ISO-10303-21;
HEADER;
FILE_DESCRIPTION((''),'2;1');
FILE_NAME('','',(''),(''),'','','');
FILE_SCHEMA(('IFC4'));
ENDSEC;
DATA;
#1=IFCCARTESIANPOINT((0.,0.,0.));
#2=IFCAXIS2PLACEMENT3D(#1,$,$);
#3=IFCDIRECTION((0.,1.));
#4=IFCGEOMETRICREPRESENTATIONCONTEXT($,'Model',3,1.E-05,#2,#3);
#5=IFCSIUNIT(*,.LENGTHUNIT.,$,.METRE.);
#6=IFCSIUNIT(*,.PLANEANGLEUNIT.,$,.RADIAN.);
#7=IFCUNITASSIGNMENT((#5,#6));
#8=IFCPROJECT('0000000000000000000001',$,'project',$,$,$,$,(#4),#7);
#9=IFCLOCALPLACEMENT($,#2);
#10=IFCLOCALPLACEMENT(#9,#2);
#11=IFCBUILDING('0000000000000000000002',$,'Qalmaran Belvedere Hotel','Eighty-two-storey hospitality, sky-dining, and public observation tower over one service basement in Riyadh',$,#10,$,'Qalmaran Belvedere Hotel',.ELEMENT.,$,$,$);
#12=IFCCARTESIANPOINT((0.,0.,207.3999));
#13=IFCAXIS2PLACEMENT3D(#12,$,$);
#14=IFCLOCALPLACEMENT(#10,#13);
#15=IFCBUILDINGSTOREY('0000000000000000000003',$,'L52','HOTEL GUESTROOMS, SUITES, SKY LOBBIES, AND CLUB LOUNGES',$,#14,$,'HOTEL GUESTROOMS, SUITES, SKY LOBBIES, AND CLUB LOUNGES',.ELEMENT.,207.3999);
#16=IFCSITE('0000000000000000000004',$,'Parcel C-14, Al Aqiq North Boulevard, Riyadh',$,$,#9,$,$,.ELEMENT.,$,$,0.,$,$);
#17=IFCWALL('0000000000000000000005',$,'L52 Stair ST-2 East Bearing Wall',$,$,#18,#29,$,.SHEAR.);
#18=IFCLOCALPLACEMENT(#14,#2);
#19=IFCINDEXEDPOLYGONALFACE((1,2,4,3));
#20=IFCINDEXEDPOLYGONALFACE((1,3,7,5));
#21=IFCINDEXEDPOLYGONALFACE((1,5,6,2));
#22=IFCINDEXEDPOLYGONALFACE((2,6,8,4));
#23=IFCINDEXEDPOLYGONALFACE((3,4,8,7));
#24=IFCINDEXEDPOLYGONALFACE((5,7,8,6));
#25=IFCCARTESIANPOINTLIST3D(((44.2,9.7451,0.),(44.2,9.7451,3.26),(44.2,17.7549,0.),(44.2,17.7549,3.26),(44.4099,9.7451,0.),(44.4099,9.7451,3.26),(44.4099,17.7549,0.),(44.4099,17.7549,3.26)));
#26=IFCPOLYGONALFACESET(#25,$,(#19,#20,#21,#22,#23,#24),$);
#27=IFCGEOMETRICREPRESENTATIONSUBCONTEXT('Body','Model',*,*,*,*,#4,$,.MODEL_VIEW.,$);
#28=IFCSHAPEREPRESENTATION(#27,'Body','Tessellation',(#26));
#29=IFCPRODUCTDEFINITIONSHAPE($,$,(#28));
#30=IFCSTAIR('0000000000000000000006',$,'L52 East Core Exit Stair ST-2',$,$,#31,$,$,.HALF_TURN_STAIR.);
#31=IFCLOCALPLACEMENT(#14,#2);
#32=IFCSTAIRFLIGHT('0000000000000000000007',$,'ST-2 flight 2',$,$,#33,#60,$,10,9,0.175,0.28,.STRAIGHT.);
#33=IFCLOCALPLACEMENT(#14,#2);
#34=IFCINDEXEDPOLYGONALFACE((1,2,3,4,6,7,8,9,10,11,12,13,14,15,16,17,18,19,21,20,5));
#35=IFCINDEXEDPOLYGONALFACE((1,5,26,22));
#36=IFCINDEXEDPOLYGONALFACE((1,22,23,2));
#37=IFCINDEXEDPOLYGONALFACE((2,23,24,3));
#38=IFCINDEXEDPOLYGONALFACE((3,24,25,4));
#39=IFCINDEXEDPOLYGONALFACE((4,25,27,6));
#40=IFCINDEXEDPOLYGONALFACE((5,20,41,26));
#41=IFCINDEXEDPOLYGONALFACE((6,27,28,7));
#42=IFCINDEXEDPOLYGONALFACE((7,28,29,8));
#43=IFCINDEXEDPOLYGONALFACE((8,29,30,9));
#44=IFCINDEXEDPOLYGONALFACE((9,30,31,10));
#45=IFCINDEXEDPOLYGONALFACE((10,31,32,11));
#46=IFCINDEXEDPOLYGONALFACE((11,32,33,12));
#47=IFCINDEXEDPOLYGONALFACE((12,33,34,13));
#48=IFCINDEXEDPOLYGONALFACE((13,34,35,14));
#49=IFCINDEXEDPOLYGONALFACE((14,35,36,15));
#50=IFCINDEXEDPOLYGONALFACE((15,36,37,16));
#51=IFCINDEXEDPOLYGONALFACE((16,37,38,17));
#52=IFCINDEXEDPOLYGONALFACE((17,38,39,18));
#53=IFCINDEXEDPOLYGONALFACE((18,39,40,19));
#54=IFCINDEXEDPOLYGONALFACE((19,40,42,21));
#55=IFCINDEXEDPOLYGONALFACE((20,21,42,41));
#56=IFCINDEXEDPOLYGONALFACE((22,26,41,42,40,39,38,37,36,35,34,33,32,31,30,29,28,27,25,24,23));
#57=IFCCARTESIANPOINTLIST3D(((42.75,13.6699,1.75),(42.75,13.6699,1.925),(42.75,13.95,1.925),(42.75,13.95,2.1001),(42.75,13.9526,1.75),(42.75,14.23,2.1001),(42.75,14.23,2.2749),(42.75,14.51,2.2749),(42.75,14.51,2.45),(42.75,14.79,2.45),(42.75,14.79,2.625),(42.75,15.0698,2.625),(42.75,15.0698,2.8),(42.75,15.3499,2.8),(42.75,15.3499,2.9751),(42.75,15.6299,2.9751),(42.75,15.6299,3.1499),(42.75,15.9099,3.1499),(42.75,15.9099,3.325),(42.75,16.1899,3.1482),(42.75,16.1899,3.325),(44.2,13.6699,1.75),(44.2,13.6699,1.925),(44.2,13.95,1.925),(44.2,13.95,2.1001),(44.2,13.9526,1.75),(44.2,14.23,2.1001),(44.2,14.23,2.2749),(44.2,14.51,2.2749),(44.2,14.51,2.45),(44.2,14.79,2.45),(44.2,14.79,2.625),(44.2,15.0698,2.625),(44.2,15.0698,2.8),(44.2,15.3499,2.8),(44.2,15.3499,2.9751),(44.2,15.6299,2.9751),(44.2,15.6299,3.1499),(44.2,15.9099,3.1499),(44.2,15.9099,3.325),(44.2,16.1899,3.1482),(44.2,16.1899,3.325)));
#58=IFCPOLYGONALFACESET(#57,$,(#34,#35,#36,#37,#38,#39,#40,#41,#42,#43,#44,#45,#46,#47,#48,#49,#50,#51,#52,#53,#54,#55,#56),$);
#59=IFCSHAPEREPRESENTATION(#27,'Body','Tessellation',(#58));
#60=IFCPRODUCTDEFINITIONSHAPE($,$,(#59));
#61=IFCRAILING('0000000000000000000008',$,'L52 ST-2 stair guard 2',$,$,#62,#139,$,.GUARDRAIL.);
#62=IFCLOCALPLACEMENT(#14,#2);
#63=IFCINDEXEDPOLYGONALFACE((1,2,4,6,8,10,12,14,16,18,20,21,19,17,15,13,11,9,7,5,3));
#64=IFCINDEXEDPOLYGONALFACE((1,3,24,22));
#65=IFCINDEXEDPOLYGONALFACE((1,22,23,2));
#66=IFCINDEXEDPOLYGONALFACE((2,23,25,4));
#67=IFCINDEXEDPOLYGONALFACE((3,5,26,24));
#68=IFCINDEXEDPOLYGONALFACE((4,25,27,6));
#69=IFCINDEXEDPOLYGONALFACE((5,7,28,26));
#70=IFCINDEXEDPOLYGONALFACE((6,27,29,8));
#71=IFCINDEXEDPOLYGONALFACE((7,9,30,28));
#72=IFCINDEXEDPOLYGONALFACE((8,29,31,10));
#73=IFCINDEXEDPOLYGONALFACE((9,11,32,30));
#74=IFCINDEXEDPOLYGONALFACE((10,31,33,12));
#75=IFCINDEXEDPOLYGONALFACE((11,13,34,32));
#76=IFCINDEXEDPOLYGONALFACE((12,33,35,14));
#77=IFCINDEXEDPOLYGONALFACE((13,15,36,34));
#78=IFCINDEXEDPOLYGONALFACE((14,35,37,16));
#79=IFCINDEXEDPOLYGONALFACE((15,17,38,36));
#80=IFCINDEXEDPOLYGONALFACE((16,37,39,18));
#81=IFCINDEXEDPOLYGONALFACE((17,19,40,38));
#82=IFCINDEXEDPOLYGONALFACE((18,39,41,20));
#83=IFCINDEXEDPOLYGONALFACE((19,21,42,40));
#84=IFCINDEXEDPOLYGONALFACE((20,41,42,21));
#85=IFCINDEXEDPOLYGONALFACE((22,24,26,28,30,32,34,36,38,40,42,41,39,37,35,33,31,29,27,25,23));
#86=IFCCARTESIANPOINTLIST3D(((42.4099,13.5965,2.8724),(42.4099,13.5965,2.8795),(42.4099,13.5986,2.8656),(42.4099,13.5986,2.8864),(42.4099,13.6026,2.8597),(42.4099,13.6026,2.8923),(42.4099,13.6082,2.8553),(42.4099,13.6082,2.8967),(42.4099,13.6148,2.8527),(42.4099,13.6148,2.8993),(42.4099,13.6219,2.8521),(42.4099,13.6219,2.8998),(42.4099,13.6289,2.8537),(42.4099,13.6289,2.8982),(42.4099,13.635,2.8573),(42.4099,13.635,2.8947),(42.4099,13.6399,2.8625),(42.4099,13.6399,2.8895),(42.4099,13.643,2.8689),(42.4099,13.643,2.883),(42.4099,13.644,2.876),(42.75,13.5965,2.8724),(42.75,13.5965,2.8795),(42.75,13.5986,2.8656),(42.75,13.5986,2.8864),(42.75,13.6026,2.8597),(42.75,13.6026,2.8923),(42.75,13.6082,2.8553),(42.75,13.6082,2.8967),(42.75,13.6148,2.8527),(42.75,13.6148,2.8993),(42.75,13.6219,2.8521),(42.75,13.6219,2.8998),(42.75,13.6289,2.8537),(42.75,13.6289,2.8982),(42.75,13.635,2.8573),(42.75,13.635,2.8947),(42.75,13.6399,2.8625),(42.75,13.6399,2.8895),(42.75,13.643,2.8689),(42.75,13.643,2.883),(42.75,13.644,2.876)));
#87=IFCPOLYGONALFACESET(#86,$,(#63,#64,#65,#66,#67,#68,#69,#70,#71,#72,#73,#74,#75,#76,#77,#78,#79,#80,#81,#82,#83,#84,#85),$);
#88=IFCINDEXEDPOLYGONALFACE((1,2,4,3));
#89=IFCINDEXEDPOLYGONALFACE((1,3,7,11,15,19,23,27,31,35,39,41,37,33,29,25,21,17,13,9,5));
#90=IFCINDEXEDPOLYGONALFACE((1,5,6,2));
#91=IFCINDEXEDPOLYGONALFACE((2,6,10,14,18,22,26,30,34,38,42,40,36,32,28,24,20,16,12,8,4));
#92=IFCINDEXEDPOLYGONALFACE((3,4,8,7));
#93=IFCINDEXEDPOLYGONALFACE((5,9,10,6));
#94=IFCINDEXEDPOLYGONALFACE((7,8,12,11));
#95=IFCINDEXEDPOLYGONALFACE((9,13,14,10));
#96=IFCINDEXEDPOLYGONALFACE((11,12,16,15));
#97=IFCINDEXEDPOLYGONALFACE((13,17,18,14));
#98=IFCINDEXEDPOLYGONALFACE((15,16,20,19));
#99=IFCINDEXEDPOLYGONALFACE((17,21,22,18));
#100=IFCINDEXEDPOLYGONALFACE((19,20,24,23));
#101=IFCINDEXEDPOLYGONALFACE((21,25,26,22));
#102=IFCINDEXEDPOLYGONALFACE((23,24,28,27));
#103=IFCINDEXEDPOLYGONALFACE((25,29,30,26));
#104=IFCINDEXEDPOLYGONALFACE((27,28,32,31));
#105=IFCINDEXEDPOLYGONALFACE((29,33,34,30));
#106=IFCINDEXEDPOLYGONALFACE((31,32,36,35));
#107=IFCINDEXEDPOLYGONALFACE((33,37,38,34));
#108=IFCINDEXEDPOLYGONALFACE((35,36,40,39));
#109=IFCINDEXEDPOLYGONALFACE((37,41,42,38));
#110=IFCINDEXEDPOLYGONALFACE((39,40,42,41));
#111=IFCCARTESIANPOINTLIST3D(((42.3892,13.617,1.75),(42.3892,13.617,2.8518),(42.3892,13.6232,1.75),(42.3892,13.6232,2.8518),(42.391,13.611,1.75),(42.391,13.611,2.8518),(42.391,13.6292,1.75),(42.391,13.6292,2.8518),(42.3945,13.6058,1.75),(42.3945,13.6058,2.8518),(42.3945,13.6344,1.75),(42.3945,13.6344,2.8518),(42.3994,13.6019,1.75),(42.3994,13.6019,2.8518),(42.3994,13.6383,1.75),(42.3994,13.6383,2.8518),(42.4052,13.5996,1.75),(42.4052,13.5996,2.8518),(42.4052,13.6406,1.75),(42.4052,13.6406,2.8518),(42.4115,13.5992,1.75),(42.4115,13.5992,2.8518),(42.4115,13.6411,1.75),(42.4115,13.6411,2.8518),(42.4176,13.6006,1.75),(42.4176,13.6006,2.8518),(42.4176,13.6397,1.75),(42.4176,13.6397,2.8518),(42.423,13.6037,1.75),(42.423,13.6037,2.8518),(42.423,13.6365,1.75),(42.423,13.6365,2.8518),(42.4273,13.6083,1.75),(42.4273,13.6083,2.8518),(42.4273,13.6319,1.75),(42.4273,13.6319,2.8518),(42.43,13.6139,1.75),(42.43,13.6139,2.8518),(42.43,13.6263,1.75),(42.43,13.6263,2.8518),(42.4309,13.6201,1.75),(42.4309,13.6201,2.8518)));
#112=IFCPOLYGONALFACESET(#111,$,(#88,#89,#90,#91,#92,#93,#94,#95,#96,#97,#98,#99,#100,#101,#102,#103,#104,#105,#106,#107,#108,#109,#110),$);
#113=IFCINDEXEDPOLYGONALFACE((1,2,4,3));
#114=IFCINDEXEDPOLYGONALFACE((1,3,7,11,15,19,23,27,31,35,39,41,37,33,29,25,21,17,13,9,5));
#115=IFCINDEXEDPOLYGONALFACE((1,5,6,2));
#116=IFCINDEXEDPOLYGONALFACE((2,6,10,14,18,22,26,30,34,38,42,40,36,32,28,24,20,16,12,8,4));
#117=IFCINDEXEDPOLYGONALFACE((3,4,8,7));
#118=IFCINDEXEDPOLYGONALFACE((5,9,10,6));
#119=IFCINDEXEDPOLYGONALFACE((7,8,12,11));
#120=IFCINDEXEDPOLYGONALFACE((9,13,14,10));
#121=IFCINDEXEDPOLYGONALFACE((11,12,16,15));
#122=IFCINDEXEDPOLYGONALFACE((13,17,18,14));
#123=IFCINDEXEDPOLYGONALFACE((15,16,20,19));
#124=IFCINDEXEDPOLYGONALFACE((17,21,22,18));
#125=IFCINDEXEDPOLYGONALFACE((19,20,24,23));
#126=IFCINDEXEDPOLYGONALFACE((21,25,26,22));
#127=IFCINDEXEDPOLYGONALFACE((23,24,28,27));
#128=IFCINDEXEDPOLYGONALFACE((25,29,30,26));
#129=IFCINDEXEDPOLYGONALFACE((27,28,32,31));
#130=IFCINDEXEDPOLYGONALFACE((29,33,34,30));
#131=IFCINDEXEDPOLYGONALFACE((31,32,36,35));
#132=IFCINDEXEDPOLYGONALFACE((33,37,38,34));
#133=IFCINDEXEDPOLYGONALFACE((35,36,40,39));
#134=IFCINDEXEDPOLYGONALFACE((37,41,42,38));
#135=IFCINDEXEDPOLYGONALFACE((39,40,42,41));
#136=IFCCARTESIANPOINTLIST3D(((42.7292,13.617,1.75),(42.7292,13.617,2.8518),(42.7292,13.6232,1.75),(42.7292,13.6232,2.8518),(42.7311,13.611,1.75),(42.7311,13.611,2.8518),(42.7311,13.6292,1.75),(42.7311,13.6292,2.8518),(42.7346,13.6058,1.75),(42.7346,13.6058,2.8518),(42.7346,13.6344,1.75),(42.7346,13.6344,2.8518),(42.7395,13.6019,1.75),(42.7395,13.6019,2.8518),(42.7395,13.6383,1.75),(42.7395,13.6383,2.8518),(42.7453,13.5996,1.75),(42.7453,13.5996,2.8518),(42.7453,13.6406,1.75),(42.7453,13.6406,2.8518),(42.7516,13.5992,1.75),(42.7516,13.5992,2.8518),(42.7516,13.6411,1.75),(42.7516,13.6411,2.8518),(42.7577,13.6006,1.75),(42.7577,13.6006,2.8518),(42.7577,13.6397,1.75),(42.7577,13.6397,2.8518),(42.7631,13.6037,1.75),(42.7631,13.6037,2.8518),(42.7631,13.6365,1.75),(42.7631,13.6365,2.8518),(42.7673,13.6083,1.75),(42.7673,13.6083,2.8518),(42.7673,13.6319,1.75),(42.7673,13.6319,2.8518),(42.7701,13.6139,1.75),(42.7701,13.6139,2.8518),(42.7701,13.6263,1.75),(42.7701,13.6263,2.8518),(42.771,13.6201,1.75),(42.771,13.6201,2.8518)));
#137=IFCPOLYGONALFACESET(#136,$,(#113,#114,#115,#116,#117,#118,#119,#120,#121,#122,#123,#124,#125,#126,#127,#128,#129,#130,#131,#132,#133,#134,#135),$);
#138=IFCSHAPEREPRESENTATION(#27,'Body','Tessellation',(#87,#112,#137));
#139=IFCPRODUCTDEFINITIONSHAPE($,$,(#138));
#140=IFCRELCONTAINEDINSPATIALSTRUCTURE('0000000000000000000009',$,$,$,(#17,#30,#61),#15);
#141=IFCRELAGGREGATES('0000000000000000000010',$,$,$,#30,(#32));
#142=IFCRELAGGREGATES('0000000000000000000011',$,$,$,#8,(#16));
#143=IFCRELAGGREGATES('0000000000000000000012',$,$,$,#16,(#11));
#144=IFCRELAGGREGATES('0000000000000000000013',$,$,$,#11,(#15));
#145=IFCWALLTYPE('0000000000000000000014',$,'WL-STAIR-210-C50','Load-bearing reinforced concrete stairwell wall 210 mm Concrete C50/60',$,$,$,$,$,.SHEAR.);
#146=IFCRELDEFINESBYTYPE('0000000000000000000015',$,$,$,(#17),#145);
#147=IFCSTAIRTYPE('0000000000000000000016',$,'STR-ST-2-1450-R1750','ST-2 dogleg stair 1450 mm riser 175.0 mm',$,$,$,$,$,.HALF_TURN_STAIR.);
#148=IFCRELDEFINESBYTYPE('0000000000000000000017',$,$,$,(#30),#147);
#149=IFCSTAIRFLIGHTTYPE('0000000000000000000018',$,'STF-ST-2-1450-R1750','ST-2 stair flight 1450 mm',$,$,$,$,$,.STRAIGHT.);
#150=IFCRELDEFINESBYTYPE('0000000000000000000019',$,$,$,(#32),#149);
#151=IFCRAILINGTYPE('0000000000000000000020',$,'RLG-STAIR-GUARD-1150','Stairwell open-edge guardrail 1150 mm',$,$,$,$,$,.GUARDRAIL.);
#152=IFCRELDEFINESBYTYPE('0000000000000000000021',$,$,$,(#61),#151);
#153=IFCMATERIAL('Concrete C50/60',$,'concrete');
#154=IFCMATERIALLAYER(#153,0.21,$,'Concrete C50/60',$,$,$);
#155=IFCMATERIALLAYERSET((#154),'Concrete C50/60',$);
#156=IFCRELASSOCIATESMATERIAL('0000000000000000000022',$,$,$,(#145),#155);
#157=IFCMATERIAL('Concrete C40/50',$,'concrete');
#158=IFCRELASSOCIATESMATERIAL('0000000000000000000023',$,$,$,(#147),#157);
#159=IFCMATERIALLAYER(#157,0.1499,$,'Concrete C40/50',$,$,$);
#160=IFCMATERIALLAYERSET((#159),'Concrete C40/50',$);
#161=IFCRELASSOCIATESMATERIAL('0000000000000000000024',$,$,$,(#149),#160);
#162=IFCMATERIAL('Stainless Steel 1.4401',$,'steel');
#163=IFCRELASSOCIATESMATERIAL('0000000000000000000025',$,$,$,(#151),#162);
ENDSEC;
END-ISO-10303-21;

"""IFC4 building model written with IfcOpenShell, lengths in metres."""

from ifc_helpers import new_model, si_unit, direction, frame, frame_2d, origin, origin_2d, place, context, subcontext, project, spatial, polyline, rectangle, circle, outline, extrude, material, layer, layer_set, type_object, element, aggregate, save


model = new_model("IFC4")

# Units and contexts
model_context = context("Model", 3, precision=1e-05, world=origin(), true_north=direction((0.0, 1.0)))
body_context = subcontext(model_context, "Body", "Model", "MODEL_VIEW")
ifc_project = project(units=[si_unit("LENGTHUNIT", "METRE"), si_unit("PLANEANGLEUNIT", "RADIAN")], contexts=[model_context])

# Site, building, storey
site_placement = place(None, origin())
site = spatial("IfcSite", under=ifc_project, at=site_placement, Name="Parcel C-14, Al Aqiq North Boulevard, Riyadh", CompositionType="ELEMENT", RefElevation=0.0)
building_placement = place(site_placement, origin())
building = spatial("IfcBuilding", under=site, at=building_placement, Name="Qalmaran Belvedere Hotel", Description="Eighty-two-storey hospitality, sky-dining, and public observation tower over one service basement in Riyadh", LongName="Qalmaran Belvedere Hotel", CompositionType="ELEMENT")
storey_placement = place(building_placement, frame((0.0, 0.0, 207.3999)))
storey = spatial("IfcBuildingStorey", under=building, at=storey_placement, Name="L52", Description="HOTEL GUESTROOMS, SUITES, SKY LOBBIES, AND CLUB LOUNGES", LongName="HOTEL GUESTROOMS, SUITES, SKY LOBBIES, AND CLUB LOUNGES", CompositionType="ELEMENT", Elevation=207.3999)

# Shared definitions
ifc_material_1 = material(Name="Concrete C50/60", Category="concrete")

# Wall
ifc_layer_1 = layer(ifc_material_1, 0.21, Name="Concrete C50/60")
ifc_layer_set_1 = layer_set([ifc_layer_1], Name="Concrete C50/60")
wall_type_1 = type_object("IfcWallType", Name="WL-STAIR-210-C50", Description="Load-bearing reinforced concrete stairwell wall 210 mm Concrete C50/60", PredefinedType="SHEAR", material=ifc_layer_set_1)
wall_1_placement = place(storey_placement, frame((44.3049, 9.7451, 0.0), z_axis=(0.0, 0.0, 1.0), x_axis=(0.0, 1.0, 0.0)))
element("IfcWall", 1, at=wall_1_placement, inside=storey, type_object=wall_type_1, Name="L52 Stair ST-2 East Bearing Wall", PredefinedType="SHEAR", context=body_context, shape_type="SweptSolid", body=[
    extrude(rectangle(XDim=8.0098, YDim=0.21, at=frame_2d((4.0049, 0.0))), origin(), (0.0, 0.0, 1.0), 3.26),
])

# Stair, stair flight
ifc_material_2 = material(Name="Concrete C40/50", Category="concrete")
stair_type = type_object("IfcStairType", Name="STR-ST-2-1450-R1750", Description="ST-2 dogleg stair 1450 mm riser 175.0 mm", PredefinedType="HALF_TURN_STAIR", material=ifc_material_2)
stair_placement = place(storey_placement, origin())
stair = element("IfcStair", 2, at=stair_placement, inside=storey, type_object=stair_type, Name="L52 East Core Exit Stair ST-2", PredefinedType="HALF_TURN_STAIR")
ifc_layer_2 = layer(ifc_material_2, 0.1499, Name="Concrete C40/50")
ifc_layer_set_2 = layer_set([ifc_layer_2], Name="Concrete C40/50")
stair_flight_type = type_object("IfcStairFlightType", Name="STF-ST-2-1450-R1750", Description="ST-2 stair flight 1450 mm", PredefinedType="STRAIGHT", material=ifc_layer_set_2)
stair_flight_placement = place(storey_placement, frame((43.4751, 13.6699, 1.75), z_axis=(0.0, 0.0, 1.0), x_axis=(0.0, 1.0, 0.0)))
stair_flight = element("IfcStairFlight", 3, at=stair_flight_placement, type_object=stair_flight_type, Name="ST-2 flight 2", NumberOfRisers=10, NumberOfTreads=9, PredefinedType="STRAIGHT", RiserHeight=0.175, TreadLength=0.28, context=body_context, shape_type="SweptSolid", body=[
    extrude(outline(polyline([(0.0, 0.0), (0.0, 0.175), (0.28, 0.175), (0.28, 0.3501), (0.5601, 0.3501), (0.5601, 0.5249), (0.8401, 0.5249), (0.8401, 0.7), (1.1201, 0.7), (1.1201, 0.875), (1.3999, 0.875), (1.3999, 1.05), (1.6799, 1.05), (1.6799, 1.2251), (1.96, 1.2251), (1.96, 1.3999), (2.24, 1.3999), (2.24, 1.575), (2.52, 1.575), (2.52, 1.75), (2.52, 1.3982), (0.2827, 0.0), (0.0, 0.0)])), frame((0.0, 0.7251, 0.0), z_axis=(0.0, -1.0, 0.0), x_axis=(1.0, 0.0, 0.0)), (0.0, 0.0, 1.0), 1.45),
])
aggregate(stair, [stair_flight])

# Railing
ifc_material_3 = material(Name="Stainless Steel 1.4401", Category="steel")
railing_type_1 = type_object("IfcRailingType", Name="RLG-STAIR-GUARD-1150", Description="Stairwell open-edge guardrail 1150 mm", PredefinedType="GUARDRAIL", material=ifc_material_3)
railing_1_placement = place(storey_placement, frame((42.4099, 13.6201, 1.75)))
element("IfcRailing", 4, at=railing_1_placement, inside=storey, type_object=railing_type_1, Name="L52 ST-2 stair guard 2", PredefinedType="GUARDRAIL", context=body_context, shape_type="SweptSolid", body=[
    extrude(circle(Radius=0.0239, at=origin_2d()), frame((0.0, 0.0, 1.126), z_axis=(1.0, 0.0, 0.0), x_axis=(0.0, 1.0, 0.0)), (0.0, 0.0, 1.0), 0.3401),
    extrude(circle(Radius=0.021, at=origin_2d()), origin(), (0.0, 0.0, 1.0), 1.1018),
    extrude(circle(Radius=0.021, at=origin_2d()), frame((0.3401, 0.0, 0.0)), (0.0, 0.0, 1.0), 1.1018),
])

save(model, "model.ifc")
